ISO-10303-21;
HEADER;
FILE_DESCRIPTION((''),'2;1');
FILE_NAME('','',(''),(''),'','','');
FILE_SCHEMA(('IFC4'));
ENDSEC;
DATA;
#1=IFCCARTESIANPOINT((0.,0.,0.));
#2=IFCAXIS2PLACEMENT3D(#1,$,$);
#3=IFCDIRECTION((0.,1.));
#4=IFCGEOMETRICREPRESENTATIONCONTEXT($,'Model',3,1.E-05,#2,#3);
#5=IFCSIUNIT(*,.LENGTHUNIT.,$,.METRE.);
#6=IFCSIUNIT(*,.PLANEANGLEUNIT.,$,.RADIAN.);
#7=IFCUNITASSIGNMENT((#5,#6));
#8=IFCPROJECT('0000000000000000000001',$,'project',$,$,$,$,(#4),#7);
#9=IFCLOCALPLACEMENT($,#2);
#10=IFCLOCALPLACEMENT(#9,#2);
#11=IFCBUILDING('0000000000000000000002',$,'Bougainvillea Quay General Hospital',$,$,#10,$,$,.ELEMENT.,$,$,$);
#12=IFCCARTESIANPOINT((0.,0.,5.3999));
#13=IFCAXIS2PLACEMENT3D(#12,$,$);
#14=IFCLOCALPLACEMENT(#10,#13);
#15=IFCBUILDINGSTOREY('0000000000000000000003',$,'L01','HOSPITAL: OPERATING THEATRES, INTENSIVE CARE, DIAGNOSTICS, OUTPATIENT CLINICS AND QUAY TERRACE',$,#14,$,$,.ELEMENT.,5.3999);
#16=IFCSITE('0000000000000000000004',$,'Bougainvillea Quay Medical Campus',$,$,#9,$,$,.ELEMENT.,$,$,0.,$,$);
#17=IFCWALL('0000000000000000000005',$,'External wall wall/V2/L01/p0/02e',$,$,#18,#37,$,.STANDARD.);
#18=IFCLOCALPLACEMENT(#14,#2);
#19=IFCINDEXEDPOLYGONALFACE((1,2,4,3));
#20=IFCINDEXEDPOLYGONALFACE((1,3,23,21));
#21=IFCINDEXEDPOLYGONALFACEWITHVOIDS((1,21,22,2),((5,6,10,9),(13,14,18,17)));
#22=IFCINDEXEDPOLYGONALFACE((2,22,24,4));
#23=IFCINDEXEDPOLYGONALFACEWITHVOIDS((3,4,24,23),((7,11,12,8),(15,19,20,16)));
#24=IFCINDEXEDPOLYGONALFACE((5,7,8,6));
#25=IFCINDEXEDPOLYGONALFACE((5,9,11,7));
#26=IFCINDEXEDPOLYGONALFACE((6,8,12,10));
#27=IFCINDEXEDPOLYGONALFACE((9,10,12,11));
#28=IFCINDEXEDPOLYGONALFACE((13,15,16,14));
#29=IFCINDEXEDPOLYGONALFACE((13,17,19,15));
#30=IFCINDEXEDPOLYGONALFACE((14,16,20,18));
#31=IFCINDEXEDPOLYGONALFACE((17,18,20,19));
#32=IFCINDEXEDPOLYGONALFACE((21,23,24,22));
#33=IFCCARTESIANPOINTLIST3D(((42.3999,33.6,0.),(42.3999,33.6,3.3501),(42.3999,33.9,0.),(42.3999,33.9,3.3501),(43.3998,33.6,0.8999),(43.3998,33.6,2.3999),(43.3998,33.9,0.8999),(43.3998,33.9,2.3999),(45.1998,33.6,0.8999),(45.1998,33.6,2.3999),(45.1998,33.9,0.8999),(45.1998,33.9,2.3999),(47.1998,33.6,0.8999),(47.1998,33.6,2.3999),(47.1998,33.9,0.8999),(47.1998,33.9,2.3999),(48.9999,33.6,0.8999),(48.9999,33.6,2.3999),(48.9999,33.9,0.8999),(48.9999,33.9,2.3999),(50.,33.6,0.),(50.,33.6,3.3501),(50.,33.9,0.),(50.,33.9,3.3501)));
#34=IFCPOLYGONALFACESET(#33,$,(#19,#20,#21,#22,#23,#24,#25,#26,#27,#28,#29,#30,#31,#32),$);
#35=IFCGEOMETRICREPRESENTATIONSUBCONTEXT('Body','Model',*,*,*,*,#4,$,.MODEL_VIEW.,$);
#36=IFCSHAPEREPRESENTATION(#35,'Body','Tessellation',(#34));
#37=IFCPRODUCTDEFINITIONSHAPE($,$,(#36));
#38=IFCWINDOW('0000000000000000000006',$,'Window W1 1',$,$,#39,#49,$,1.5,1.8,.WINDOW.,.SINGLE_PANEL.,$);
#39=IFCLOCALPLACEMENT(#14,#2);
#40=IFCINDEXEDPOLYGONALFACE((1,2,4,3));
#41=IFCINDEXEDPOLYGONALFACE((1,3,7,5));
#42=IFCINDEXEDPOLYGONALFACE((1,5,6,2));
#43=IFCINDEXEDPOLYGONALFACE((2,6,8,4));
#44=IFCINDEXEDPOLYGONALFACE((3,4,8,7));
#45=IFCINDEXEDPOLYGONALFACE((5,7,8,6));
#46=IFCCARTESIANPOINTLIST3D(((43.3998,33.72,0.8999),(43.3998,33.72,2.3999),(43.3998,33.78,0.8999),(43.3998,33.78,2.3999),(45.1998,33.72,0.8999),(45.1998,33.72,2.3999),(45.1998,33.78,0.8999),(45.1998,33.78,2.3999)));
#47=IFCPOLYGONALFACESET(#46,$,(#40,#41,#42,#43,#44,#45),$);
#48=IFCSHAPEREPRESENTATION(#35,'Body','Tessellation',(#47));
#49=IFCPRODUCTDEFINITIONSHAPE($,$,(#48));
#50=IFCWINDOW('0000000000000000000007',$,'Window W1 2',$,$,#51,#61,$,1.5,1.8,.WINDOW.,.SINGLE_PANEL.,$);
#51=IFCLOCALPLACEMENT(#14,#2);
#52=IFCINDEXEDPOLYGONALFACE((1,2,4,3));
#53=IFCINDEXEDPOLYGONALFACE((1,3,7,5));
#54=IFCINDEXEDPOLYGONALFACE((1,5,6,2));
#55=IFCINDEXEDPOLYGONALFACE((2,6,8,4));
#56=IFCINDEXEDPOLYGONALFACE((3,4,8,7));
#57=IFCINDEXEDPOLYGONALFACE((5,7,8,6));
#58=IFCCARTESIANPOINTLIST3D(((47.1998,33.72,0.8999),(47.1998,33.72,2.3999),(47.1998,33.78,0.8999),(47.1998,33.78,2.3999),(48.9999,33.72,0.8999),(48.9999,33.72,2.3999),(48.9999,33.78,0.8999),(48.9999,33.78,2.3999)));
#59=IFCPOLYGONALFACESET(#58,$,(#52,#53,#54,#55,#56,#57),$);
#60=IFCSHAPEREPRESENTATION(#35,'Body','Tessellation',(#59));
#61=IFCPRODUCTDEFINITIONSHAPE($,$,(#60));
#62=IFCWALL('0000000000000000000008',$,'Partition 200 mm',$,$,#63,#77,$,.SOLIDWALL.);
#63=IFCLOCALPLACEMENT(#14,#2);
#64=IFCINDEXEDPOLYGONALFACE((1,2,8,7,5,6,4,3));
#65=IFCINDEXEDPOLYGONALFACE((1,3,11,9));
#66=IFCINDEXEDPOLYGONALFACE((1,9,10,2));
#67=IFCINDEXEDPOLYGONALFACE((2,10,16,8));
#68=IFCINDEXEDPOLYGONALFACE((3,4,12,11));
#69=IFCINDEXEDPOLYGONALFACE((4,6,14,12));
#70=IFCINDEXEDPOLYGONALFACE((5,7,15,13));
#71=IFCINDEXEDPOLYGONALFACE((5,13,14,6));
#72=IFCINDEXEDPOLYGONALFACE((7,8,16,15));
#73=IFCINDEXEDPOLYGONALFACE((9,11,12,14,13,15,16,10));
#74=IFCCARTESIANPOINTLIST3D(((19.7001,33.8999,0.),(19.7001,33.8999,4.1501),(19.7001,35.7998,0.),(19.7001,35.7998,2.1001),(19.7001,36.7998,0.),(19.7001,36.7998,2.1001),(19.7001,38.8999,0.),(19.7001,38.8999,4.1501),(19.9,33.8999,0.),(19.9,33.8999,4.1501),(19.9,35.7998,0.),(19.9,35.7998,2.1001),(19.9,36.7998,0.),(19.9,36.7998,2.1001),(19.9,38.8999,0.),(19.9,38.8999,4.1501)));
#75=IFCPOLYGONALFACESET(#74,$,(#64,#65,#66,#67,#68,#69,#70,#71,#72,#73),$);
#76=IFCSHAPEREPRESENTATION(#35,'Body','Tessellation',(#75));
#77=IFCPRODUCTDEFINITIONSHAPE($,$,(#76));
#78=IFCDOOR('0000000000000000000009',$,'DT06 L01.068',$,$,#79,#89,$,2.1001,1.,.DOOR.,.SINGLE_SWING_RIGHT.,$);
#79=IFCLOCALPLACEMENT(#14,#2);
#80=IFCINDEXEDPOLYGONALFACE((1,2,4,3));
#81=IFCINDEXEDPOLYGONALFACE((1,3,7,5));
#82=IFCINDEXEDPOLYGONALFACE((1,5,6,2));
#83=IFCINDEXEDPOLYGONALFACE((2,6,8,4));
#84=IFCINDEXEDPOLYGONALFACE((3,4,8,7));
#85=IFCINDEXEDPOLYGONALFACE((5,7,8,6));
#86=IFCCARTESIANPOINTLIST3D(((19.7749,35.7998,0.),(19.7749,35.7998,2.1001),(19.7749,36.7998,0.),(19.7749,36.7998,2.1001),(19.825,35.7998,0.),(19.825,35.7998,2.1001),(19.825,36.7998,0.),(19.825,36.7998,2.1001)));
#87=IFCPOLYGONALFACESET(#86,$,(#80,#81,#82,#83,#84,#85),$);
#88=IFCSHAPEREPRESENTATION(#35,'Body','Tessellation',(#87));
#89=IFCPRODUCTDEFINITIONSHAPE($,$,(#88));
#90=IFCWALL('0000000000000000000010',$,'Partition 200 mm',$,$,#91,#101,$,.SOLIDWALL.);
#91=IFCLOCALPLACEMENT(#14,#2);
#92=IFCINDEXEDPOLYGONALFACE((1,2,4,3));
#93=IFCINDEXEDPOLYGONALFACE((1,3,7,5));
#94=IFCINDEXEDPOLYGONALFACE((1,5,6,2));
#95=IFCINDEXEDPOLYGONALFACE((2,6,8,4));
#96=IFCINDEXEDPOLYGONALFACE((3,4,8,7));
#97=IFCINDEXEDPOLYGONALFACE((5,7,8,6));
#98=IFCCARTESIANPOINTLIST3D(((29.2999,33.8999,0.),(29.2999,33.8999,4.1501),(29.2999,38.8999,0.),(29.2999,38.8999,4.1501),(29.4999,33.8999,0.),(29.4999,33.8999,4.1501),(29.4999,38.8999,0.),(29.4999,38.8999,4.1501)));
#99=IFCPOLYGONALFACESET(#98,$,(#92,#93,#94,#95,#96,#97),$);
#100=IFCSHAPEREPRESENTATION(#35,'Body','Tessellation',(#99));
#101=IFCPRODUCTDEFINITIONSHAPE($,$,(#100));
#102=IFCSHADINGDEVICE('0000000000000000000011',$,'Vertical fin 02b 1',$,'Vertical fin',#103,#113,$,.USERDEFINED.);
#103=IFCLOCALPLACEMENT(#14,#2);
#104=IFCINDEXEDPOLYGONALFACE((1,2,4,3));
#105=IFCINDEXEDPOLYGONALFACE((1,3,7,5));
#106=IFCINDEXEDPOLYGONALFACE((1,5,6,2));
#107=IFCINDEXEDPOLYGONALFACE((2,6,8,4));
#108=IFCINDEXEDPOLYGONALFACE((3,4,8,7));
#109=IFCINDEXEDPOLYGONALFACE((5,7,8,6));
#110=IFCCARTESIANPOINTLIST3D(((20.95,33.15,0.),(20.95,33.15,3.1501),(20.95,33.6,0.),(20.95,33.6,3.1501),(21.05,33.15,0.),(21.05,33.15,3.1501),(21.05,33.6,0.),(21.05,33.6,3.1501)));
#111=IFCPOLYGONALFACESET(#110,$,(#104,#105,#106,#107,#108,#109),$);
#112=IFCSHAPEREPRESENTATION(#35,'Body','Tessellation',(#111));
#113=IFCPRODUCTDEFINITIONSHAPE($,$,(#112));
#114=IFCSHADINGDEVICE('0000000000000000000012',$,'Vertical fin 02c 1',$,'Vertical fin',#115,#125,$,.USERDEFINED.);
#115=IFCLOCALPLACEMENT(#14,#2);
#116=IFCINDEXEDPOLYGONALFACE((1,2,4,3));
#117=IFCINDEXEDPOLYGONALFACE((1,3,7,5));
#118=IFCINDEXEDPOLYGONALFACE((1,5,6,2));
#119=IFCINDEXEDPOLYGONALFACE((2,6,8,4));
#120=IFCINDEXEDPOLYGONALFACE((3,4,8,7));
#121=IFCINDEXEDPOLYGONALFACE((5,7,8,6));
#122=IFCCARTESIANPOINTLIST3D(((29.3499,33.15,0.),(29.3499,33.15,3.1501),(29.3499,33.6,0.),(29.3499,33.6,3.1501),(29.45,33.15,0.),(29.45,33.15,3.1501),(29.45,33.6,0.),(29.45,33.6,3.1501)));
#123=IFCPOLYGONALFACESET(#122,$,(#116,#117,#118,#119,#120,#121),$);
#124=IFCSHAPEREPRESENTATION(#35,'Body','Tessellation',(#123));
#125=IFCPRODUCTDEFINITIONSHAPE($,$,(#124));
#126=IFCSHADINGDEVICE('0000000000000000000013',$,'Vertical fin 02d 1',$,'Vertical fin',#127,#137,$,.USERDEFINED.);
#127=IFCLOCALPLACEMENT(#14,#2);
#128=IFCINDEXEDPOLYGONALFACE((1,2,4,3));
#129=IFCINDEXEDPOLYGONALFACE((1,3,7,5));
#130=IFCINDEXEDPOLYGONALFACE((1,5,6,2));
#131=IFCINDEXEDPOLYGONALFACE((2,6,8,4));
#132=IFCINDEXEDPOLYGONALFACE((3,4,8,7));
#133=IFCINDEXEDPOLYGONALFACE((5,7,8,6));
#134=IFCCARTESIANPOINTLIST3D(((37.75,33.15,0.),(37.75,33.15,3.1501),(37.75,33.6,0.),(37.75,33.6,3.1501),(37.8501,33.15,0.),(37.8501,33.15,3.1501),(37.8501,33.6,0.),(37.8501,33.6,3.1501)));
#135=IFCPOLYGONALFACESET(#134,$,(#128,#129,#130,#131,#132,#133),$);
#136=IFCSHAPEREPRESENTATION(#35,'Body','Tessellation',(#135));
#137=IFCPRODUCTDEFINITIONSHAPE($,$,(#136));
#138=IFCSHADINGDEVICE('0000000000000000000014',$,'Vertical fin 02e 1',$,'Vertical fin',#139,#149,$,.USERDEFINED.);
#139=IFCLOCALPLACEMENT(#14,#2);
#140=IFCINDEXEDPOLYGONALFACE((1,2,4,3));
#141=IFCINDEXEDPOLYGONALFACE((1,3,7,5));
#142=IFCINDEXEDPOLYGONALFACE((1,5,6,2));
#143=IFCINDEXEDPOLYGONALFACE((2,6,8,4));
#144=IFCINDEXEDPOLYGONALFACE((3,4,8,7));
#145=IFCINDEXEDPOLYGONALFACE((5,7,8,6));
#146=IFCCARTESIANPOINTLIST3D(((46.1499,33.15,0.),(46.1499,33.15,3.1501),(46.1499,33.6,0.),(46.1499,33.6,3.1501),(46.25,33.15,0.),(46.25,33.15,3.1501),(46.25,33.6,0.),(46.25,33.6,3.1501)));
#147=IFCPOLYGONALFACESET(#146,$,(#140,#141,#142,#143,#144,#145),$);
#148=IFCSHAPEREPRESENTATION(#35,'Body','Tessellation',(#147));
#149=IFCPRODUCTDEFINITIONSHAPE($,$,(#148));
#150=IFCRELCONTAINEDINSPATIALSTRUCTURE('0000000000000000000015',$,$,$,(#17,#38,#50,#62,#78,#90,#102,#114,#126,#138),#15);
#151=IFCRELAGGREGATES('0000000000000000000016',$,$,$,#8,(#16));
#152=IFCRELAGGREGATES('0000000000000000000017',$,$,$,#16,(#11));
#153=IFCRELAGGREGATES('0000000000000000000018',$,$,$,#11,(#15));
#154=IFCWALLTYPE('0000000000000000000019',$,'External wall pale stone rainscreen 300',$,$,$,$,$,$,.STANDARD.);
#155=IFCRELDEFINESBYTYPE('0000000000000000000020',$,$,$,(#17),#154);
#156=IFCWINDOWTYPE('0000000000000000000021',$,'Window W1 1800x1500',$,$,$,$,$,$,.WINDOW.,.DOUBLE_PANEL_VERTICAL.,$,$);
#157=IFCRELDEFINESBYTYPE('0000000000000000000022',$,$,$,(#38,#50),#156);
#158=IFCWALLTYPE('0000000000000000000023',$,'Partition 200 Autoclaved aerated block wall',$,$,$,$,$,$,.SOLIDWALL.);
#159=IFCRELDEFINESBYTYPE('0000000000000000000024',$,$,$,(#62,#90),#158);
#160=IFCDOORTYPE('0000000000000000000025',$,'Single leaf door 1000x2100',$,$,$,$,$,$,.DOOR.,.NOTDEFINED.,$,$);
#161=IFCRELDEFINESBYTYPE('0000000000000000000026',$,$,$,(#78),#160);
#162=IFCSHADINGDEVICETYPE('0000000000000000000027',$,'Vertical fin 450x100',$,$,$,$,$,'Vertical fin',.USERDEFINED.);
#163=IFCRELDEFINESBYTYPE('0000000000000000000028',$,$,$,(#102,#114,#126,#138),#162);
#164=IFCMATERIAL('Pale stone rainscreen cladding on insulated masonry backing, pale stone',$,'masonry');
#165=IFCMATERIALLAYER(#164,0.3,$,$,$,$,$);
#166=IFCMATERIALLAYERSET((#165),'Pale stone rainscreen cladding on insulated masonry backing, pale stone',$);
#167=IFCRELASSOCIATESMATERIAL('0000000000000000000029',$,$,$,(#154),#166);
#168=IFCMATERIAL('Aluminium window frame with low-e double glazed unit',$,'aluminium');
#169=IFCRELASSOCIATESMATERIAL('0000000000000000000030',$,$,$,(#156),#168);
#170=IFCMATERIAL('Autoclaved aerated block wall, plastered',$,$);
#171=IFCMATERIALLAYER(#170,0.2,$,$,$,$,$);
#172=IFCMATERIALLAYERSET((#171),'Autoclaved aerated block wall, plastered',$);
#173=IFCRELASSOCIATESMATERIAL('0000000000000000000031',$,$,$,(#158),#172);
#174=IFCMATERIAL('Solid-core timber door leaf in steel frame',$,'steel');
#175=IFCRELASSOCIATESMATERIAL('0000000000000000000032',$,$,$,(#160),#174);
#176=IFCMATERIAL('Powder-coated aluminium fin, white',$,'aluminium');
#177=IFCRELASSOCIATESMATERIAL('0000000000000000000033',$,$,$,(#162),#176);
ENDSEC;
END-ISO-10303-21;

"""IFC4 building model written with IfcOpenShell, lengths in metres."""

from ifc_helpers import new_model, si_unit, direction, frame, frame_2d, origin, origin_2d, place, context, subcontext, project, spatial, rectangle, extrude, material, layer, layer_set, material_profile, profile_set, type_object, element, fill, save


model = new_model("IFC4")

# Units and contexts
model_context = context("Model", 3, precision=1e-05, world=origin(), true_north=direction((0.0, 1.0)))
body_context = subcontext(model_context, "Body", "Model", "MODEL_VIEW")
ifc_project = project(units=[si_unit("LENGTHUNIT", "METRE"), si_unit("PLANEANGLEUNIT", "RADIAN")], contexts=[model_context])

# Site, building, storey
site_placement = place(None, origin())
site = spatial("IfcSite", under=ifc_project, at=site_placement, Name="Bougainvillea Quay Medical Campus", CompositionType="ELEMENT", RefElevation=0.0)
building_placement = place(site_placement, origin())
building = spatial("IfcBuilding", under=site, at=building_placement, Name="Bougainvillea Quay General Hospital", CompositionType="ELEMENT")
storey_placement = place(building_placement, frame((0.0, 0.0, 5.3999)))
storey = spatial("IfcBuildingStorey", under=building, at=storey_placement, Name="L01", Description="HOSPITAL: OPERATING THEATRES, INTENSIVE CARE, DIAGNOSTICS, OUTPATIENT CLINICS AND QUAY TERRACE", CompositionType="ELEMENT", Elevation=5.3999)

# Wall, openings, windows
ifc_material_1 = material(Name="Pale stone rainscreen cladding on insulated masonry backing, pale stone", Category="masonry")
ifc_layer_1 = layer(ifc_material_1, 0.3)
ifc_layer_set_1 = layer_set([ifc_layer_1], Name="Pale stone rainscreen cladding on insulated masonry backing, pale stone")
wall_type_1 = type_object("IfcWallType", Name="External wall pale stone rainscreen 300", PredefinedType="STANDARD", material=ifc_layer_set_1)
ifc_material_2 = material(Name="Aluminium window frame with low-e double glazed unit", Category="aluminium")
window_type = type_object("IfcWindowType", Name="Window W1 1800x1500", PartitioningType="DOUBLE_PANEL_VERTICAL", PredefinedType="WINDOW", material=ifc_material_2)
wall_1_placement = place(storey_placement, frame((42.3999, 33.75, 0.0), z_axis=(0.0, 0.0, 1.0), x_axis=(1.0, 0.0, 0.0)))
wall_1 = element("IfcWall", 1, at=wall_1_placement, inside=storey, type_object=wall_type_1, Name="External wall wall/V2/L01/p0/02e", PredefinedType="STANDARD", context=body_context, shape_type="SweptSolid", body=[
    extrude(rectangle(XDim=7.6001, YDim=0.3, at=frame_2d((3.8, 0.0))), origin(), (0.0, 0.0, 1.0), 3.3501),
])
opening_1_placement = place(wall_1_placement, frame((1.0, 0.0, 0.8999)))
opening_1 = element("IfcOpeningElement", 2, at=opening_1_placement, cuts=wall_1, PredefinedType="OPENING", context=body_context, shape_type="SweptSolid", body=[
    extrude(rectangle(XDim=1.8, YDim=1.5, at=frame_2d((0.8999, 0.75))), frame((0.0, 0.1599, 0.0), z_axis=(0.0, -1.0, 0.0), x_axis=(1.0, 0.0, 0.0)), (0.0, 0.0, 1.0), 0.3201),
])
opening_2_placement = place(wall_1_placement, frame((4.8, 0.0, 0.8999)))
opening_2 = element("IfcOpeningElement", 3, at=opening_2_placement, cuts=wall_1, PredefinedType="OPENING", context=body_context, shape_type="SweptSolid", body=[
    extrude(rectangle(XDim=1.8, YDim=1.5, at=frame_2d((0.8999, 0.75))), frame((0.0, 0.1599, 0.0), z_axis=(0.0, -1.0, 0.0), x_axis=(1.0, 0.0, 0.0)), (0.0, 0.0, 1.0), 0.3201),
])
window_1_placement = place(opening_1_placement, origin())
window_1 = element("IfcWindow", 4, at=window_1_placement, inside=storey, type_object=window_type, Name="Window W1 1", OverallHeight=1.5, OverallWidth=1.8, PartitioningType="SINGLE_PANEL", PredefinedType="WINDOW", context=body_context, shape_type="SweptSolid", body=[
    extrude(rectangle(XDim=1.8, YDim=1.5, at=frame_2d((0.8999, 0.75))), frame((0.0, 0.03, 0.0), z_axis=(0.0, -1.0, 0.0), x_axis=(1.0, 0.0, 0.0)), (0.0, 0.0, 1.0), 0.0601),
])
fill(opening_1, window_1)
window_2_placement = place(opening_2_placement, origin())
window_2 = element("IfcWindow", 5, at=window_2_placement, inside=storey, type_object=window_type, Name="Window W1 2", OverallHeight=1.5, OverallWidth=1.8, PartitioningType="SINGLE_PANEL", PredefinedType="WINDOW", context=body_context, shape_type="SweptSolid", body=[
    extrude(rectangle(XDim=1.8, YDim=1.5, at=frame_2d((0.8999, 0.75))), frame((0.0, 0.03, 0.0), z_axis=(0.0, -1.0, 0.0), x_axis=(1.0, 0.0, 0.0)), (0.0, 0.0, 1.0), 0.0601),
])
fill(opening_2, window_2)

# Wall, opening, door
ifc_material_3 = material(Name="Autoclaved aerated block wall, plastered")
ifc_layer_2 = layer(ifc_material_3, 0.2)
ifc_layer_set_2 = layer_set([ifc_layer_2], Name="Autoclaved aerated block wall, plastered")
wall_type_2 = type_object("IfcWallType", Name="Partition 200 Autoclaved aerated block wall", PredefinedType="SOLIDWALL", material=ifc_layer_set_2)
wall_2_placement = place(storey_placement, frame((19.8, 33.8999, 0.0), z_axis=(0.0, 0.0, 1.0), x_axis=(0.0, 1.0, 0.0)))
wall_2 = element("IfcWall", 6, at=wall_2_placement, inside=storey, type_object=wall_type_2, Name="Partition 200 mm", PredefinedType="SOLIDWALL", context=body_context, shape_type="SweptSolid", body=[
    extrude(rectangle(XDim=5.0, YDim=0.2, at=frame_2d((2.5, 0.0))), origin(), (0.0, 0.0, 1.0), 4.1501),
])
opening_3_placement = place(wall_2_placement, frame((1.8999, 0.0, 0.0)))
opening_3 = element("IfcOpeningElement", 7, at=opening_3_placement, cuts=wall_2, PredefinedType="OPENING", context=body_context, shape_type="SweptSolid", body=[
    extrude(rectangle(XDim=1.0, YDim=2.1001, at=frame_2d((0.5, 1.05))), frame((0.0, 0.1099, 0.0), z_axis=(0.0, -1.0, 0.0), x_axis=(1.0, 0.0, 0.0)), (0.0, 0.0, 1.0), 0.22),
])
ifc_material_4 = material(Name="Solid-core timber door leaf in steel frame", Category="steel")
door_type = type_object("IfcDoorType", Name="Single leaf door 1000x2100", OperationType="NOTDEFINED", PredefinedType="DOOR", material=ifc_material_4)
door_placement = place(opening_3_placement, frame((1.0, 0.0, 0.0), z_axis=(0.0, 0.0, 1.0), x_axis=(-1.0, 0.0, 0.0)))
door = element("IfcDoor", 8, at=door_placement, inside=storey, type_object=door_type, Name="DT06 L01.068", OperationType="SINGLE_SWING_RIGHT", OverallHeight=2.1001, OverallWidth=1.0, PredefinedType="DOOR", context=body_context, shape_type="SweptSolid", body=[
    extrude(rectangle(XDim=1.0, YDim=2.1001, at=frame_2d((0.5, 1.05))), frame((0.0, 0.0249, 0.0), z_axis=(0.0, -1.0, 0.0), x_axis=(1.0, 0.0, 0.0)), (0.0, 0.0, 1.0), 0.05),
])
fill(opening_3, door)

# Wall
wall_3_placement = place(storey_placement, frame((29.3999, 33.8999, 0.0), z_axis=(0.0, 0.0, 1.0), x_axis=(0.0, 1.0, 0.0)))
element("IfcWall", 9, at=wall_3_placement, inside=storey, type_object=wall_type_2, Name="Partition 200 mm", PredefinedType="SOLIDWALL", context=body_context, shape_type="SweptSolid", body=[
    extrude(rectangle(XDim=5.0, YDim=0.2, at=frame_2d((2.5, 0.0))), origin(), (0.0, 0.0, 1.0), 4.1501),
])

# Shading devices
ifc_material_5 = material(Name="Powder-coated aluminium fin, white", Category="aluminium")
ifc_material_profile_1 = material_profile(ifc_material_5, rectangle(XDim=0.45, YDim=0.1001, at=origin_2d()))
ifc_profile_set_1 = profile_set([ifc_material_profile_1], Name="Powder-coated aluminium fin, white")
shading_device_type = type_object("IfcShadingDeviceType", Name="Vertical fin 450x100", ElementType="Vertical fin", PredefinedType="USERDEFINED", material=ifc_profile_set_1)
for number, where, z_axis, x_axis, name in (
    (10, (21.0, 33.375, 0.0), (0.0, 0.0, 1.0), (0.0, -1.0, 0.0), "Vertical fin 02b 1"),
    (11, (29.3999, 33.375, 0.0), (0.0, 0.0, 1.0), (0.0, -1.0, 0.0), "Vertical fin 02c 1"),
    (12, (37.8, 33.375, 0.0), (0.0, 0.0, 1.0), (0.0, -1.0, 0.0), "Vertical fin 02d 1"),
    (13, (46.2, 33.375, 0.0), (0.0, 0.0, 1.0), (0.0, -1.0, 0.0), "Vertical fin 02e 1"),
):
    element("IfcShadingDevice", number, at=place(storey_placement, frame(where, z_axis=z_axis, x_axis=x_axis)), inside=storey, type_object=shading_device_type, Name=name, ObjectType="Vertical fin", PredefinedType="USERDEFINED", context=body_context, shape_type="SweptSolid", body=[
        extrude(rectangle(XDim=0.45, YDim=0.1001, at=origin_2d()), origin(), (0.0, 0.0, 1.0), 3.1501),
    ])

save(model, "model.ifc")
